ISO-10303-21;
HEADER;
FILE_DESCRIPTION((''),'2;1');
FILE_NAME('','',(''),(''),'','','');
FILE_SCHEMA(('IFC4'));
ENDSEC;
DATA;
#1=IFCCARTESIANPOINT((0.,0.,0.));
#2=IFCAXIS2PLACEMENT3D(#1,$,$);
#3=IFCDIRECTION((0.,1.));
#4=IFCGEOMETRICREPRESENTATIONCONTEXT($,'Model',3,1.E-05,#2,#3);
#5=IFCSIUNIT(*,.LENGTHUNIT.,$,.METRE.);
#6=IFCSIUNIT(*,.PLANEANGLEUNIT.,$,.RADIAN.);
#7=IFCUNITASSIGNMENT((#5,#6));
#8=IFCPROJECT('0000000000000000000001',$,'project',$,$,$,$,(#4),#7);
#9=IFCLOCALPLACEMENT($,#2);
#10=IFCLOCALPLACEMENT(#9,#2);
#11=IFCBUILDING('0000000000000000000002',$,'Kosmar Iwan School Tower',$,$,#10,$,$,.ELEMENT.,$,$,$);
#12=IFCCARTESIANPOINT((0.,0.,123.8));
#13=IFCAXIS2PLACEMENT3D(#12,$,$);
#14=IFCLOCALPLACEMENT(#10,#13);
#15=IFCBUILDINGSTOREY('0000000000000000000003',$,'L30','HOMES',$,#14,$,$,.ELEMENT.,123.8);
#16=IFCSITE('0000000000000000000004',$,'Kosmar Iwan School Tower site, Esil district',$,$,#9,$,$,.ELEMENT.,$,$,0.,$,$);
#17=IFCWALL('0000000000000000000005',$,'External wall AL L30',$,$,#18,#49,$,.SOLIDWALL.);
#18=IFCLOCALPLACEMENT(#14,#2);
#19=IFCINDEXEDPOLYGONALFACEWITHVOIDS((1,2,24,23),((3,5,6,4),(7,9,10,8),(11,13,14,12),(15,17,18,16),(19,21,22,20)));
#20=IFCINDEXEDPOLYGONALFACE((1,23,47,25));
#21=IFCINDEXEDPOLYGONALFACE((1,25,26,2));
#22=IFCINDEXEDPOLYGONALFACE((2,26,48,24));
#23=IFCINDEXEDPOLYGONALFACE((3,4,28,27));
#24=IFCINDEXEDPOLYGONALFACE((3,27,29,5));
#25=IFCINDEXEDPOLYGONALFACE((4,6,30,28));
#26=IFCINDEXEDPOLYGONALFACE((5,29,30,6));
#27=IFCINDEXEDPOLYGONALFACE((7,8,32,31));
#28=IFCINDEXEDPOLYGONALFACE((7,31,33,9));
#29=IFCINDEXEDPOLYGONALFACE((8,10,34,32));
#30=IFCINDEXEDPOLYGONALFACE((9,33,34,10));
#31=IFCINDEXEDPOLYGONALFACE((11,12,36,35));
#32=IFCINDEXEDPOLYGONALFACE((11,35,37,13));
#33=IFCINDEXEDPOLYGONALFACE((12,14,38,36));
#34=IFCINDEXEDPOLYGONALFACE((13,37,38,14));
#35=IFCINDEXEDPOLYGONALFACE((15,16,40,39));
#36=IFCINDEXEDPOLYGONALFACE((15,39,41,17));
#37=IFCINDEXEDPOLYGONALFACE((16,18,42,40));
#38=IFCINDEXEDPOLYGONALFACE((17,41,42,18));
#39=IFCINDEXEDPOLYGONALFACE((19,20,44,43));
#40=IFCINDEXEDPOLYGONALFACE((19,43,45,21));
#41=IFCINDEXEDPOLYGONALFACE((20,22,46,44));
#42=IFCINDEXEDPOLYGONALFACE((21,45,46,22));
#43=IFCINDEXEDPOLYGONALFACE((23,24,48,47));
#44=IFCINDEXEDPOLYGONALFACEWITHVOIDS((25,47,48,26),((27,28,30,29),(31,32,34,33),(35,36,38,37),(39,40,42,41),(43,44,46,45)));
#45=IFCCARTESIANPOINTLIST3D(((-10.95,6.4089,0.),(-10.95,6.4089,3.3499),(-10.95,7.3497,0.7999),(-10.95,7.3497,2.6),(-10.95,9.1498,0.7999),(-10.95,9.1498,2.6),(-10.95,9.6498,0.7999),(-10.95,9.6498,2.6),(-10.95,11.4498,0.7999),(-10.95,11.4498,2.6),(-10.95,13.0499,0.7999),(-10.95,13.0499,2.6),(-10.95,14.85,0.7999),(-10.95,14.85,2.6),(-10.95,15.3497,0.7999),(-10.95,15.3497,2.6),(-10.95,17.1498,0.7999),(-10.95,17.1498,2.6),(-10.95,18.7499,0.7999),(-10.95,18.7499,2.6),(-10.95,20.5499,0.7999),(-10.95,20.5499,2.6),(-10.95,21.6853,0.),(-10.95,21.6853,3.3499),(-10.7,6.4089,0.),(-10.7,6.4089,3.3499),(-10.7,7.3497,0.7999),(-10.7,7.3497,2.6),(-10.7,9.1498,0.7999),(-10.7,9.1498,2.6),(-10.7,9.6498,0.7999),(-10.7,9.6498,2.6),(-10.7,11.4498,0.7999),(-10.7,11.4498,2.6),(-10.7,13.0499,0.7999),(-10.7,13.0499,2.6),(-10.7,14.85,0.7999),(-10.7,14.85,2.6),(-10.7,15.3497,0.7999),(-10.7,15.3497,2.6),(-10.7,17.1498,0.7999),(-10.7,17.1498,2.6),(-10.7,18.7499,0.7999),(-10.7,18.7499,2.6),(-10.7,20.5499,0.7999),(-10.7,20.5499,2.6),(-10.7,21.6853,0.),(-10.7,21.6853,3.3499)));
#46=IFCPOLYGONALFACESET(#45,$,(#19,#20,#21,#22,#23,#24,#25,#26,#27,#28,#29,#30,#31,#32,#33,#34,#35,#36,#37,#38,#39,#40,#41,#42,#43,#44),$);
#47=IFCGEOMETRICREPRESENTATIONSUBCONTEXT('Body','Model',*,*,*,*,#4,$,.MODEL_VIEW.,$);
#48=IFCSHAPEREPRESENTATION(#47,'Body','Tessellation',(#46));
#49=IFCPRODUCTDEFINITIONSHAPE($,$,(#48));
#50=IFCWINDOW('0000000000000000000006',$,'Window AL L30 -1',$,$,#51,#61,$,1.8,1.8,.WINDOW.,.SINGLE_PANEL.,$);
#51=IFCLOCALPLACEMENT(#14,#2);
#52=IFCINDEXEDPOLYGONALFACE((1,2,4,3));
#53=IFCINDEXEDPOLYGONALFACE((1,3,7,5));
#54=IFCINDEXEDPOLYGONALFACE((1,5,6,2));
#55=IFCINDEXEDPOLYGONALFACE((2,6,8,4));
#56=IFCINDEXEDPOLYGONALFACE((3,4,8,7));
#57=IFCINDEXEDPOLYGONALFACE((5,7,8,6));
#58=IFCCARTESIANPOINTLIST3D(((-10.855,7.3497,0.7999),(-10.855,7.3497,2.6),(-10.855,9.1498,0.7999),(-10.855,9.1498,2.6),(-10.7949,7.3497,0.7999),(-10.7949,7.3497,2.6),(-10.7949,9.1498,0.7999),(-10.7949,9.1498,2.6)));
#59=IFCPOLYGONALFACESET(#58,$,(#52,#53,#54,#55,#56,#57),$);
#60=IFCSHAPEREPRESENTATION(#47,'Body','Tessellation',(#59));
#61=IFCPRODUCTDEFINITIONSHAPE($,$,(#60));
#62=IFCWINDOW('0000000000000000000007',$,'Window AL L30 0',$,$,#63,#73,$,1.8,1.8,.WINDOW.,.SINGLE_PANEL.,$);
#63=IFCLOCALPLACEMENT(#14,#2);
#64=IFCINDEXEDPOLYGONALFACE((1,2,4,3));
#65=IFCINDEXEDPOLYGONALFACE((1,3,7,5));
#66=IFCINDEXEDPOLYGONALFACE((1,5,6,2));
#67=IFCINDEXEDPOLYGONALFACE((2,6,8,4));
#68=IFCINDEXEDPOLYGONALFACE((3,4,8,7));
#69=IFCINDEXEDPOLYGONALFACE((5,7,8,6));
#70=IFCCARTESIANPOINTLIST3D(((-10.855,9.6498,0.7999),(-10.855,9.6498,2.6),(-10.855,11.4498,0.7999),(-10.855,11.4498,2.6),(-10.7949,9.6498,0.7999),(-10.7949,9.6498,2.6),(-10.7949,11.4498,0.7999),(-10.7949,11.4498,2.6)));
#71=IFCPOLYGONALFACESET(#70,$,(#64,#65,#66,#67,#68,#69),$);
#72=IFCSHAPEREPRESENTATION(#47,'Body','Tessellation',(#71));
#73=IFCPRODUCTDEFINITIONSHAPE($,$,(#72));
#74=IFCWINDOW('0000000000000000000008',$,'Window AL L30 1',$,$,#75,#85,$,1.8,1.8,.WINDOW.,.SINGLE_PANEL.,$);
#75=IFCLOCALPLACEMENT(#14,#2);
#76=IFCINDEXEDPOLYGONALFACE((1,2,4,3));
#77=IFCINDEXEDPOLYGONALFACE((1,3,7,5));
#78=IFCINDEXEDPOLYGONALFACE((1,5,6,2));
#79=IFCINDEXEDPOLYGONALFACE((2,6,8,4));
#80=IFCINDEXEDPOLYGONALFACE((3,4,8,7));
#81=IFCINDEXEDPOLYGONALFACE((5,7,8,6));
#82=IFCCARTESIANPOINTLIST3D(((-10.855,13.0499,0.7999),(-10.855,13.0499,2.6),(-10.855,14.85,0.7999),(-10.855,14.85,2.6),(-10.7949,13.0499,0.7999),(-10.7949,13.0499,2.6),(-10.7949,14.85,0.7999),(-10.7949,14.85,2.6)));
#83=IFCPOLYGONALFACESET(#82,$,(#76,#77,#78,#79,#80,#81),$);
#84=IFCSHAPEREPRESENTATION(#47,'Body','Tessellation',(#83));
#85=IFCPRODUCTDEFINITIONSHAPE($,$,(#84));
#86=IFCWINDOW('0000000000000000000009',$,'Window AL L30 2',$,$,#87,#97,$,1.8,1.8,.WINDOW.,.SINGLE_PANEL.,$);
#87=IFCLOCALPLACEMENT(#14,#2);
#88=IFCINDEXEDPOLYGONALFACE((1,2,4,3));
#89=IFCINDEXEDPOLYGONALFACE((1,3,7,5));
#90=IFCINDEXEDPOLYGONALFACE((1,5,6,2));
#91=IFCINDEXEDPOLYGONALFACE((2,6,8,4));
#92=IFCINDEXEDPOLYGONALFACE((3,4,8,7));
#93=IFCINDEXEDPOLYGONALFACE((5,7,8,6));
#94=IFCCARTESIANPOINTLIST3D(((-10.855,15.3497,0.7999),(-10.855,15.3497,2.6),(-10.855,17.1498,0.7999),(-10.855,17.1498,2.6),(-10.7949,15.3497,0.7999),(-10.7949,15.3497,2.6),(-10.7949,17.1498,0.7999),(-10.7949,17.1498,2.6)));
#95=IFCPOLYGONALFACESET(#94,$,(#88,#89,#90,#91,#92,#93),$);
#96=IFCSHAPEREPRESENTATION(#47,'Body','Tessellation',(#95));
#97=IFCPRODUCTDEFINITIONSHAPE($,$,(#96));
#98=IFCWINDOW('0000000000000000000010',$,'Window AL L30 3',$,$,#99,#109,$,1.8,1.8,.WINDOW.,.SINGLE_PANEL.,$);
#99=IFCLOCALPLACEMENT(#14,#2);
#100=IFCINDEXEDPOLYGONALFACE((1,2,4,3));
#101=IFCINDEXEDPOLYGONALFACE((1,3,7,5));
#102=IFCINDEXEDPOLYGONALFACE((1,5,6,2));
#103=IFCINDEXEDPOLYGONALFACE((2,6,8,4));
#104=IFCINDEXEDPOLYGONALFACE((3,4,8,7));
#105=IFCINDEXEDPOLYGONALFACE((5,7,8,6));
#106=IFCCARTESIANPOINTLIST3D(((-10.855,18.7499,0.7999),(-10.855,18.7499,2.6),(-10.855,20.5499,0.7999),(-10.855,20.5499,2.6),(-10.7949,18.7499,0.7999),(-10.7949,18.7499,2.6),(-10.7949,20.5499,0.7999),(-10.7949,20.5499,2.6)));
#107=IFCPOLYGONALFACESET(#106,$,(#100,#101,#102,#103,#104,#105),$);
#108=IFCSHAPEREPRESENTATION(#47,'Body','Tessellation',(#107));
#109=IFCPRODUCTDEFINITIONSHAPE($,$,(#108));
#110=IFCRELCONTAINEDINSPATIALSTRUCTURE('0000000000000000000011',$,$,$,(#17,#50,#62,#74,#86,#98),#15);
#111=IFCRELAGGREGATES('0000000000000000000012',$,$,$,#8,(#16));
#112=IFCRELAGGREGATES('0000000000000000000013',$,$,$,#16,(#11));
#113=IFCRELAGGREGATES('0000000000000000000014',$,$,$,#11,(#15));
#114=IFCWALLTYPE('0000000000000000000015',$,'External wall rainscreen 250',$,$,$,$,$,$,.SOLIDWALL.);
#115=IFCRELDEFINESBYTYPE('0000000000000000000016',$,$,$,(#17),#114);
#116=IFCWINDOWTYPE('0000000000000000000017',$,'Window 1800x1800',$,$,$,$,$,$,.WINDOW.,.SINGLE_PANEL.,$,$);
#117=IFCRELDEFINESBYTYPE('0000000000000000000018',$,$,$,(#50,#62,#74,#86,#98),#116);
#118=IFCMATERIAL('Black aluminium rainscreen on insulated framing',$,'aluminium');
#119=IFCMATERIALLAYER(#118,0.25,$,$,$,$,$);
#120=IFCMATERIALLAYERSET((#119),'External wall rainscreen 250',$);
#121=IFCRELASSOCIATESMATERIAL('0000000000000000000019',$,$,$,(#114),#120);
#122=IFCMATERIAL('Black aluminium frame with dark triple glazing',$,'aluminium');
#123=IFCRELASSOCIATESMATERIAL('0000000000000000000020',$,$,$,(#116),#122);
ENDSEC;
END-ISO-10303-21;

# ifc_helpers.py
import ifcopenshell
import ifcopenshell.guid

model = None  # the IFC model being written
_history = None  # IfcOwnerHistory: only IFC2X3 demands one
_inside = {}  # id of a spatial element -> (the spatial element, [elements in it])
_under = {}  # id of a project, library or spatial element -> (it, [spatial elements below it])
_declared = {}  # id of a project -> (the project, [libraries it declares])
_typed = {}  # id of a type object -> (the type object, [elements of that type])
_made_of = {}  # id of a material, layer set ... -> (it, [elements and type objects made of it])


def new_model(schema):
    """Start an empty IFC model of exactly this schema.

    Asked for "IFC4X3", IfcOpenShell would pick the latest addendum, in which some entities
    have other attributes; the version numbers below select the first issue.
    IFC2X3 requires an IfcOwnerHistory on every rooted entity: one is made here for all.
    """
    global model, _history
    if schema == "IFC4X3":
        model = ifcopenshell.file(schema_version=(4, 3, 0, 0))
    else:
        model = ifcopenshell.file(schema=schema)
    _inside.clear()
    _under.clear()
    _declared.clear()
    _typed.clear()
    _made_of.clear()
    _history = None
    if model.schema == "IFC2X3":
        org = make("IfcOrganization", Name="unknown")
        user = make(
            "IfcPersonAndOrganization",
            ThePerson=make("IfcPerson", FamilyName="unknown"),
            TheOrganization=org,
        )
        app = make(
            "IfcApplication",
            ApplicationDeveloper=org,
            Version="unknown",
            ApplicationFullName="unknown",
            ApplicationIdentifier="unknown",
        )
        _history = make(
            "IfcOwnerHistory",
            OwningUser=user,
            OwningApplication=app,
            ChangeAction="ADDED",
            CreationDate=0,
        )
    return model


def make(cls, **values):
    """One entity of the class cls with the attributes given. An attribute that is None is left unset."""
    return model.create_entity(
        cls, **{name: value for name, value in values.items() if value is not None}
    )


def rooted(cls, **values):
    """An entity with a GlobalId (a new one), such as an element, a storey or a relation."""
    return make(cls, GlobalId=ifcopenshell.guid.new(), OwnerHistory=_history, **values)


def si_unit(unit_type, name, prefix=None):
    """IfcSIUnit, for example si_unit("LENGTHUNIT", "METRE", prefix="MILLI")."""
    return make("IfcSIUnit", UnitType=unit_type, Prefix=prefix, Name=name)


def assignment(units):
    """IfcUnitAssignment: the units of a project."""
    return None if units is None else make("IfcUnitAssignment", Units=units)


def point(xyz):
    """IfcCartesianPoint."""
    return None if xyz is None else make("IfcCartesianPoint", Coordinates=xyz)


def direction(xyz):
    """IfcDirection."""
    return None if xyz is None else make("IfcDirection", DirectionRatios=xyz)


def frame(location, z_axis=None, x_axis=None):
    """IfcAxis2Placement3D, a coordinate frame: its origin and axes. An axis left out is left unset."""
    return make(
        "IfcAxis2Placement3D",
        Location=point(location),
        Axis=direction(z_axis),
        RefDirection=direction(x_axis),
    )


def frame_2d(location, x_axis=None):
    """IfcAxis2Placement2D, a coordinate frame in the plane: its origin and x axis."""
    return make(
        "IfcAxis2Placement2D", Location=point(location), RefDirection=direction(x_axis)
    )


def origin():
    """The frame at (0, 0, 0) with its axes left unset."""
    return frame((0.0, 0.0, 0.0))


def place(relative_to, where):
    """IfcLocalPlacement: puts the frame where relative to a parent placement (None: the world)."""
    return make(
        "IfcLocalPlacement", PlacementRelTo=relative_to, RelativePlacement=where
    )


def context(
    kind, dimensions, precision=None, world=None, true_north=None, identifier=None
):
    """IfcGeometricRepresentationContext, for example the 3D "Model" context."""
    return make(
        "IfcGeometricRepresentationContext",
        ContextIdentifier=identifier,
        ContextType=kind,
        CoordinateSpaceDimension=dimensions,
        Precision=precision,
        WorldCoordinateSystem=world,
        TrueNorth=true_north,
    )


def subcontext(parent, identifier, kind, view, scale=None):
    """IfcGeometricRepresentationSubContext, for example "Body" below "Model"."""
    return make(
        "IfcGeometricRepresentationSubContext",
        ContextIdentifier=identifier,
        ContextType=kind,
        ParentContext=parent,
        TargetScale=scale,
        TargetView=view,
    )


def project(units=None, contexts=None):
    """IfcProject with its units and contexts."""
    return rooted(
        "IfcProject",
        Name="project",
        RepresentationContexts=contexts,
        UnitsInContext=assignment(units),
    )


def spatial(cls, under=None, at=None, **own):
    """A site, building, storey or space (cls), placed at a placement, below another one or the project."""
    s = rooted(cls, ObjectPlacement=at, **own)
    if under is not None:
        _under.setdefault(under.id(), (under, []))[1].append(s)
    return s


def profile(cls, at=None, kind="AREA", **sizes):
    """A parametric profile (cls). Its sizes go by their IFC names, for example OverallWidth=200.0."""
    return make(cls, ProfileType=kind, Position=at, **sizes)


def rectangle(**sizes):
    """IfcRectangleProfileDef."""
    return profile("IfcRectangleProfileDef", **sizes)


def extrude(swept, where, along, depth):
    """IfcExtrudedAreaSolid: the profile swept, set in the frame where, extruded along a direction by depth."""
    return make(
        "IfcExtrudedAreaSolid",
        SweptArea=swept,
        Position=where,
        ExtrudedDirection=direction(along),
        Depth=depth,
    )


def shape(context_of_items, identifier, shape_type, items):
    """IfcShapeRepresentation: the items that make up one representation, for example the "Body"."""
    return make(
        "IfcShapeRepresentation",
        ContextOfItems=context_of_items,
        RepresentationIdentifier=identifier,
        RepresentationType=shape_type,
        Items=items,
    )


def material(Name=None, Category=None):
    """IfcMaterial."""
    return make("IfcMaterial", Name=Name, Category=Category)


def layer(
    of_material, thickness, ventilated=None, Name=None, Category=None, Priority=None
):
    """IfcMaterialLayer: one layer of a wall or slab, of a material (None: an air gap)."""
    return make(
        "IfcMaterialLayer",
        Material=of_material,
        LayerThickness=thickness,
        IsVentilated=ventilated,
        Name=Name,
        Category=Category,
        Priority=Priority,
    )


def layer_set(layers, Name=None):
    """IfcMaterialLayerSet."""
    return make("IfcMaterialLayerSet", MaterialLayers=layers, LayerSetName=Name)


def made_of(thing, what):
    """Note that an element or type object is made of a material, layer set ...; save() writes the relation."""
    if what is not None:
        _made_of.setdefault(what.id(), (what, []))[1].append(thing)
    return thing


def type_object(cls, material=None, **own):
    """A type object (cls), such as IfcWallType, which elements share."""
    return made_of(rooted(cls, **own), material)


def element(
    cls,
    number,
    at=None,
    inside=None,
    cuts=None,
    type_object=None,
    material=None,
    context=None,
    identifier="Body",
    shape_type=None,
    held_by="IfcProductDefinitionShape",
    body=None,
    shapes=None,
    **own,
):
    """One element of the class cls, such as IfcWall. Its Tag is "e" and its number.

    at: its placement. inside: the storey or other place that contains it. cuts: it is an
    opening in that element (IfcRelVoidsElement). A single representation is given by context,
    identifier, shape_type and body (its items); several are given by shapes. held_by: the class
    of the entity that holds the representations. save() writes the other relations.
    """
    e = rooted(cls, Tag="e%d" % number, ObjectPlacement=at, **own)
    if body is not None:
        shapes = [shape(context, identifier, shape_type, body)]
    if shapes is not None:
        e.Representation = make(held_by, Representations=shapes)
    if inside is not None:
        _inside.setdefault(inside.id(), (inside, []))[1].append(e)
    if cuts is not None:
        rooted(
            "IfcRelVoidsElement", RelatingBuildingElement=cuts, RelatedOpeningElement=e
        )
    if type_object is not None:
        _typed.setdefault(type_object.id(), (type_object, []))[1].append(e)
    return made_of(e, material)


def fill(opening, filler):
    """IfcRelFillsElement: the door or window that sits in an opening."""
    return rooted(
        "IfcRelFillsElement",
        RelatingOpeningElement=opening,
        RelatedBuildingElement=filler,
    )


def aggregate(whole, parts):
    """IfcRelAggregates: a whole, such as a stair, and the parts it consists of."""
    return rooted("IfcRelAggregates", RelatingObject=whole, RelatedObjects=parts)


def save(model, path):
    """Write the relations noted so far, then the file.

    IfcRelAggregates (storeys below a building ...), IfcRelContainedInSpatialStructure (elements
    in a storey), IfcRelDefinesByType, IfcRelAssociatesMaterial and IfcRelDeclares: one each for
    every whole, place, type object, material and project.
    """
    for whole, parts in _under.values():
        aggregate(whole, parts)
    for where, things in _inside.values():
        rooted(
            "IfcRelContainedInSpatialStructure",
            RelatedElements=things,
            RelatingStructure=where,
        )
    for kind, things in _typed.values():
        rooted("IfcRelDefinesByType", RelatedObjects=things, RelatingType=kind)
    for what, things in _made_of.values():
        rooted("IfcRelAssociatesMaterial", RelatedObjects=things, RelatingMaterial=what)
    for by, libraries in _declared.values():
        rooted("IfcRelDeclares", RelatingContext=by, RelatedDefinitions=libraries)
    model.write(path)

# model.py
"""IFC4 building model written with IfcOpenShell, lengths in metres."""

from ifc_helpers import new_model, si_unit, direction, frame, frame_2d, origin, place, context, subcontext, project, spatial, rectangle, extrude, material, layer, layer_set, type_object, element, fill, save


model = new_model("IFC4")

# Units and contexts
model_context = context("Model", 3, precision=1e-05, world=origin(), true_north=direction((0.0, 1.0)))
body_context = subcontext(model_context, "Body", "Model", "MODEL_VIEW")
ifc_project = project(units=[si_unit("LENGTHUNIT", "METRE"), si_unit("PLANEANGLEUNIT", "RADIAN")], contexts=[model_context])

# Site, building, storey
site_placement = place(None, origin())
site = spatial("IfcSite", under=ifc_project, at=site_placement, Name="Kosmar Iwan School Tower site, Esil district", CompositionType="ELEMENT", RefElevation=0.0)
building_placement = place(site_placement, origin())
building = spatial("IfcBuilding", under=site, at=building_placement, Name="Kosmar Iwan School Tower", CompositionType="ELEMENT")
storey_placement = place(building_placement, frame((0.0, 0.0, 123.8)))
storey = spatial("IfcBuildingStorey", under=building, at=storey_placement, Name="L30", Description="HOMES", CompositionType="ELEMENT", Elevation=123.8)

# Wall, openings, windows
ifc_material_1 = material(Name="Black aluminium rainscreen on insulated framing", Category="aluminium")
ifc_layer_1 = layer(ifc_material_1, 0.25)
ifc_layer_set_1 = layer_set([ifc_layer_1], Name="External wall rainscreen 250")
wall_type_1 = type_object("IfcWallType", Name="External wall rainscreen 250", PredefinedType="SOLIDWALL", material=ifc_layer_set_1)
wall_1_placement = place(storey_placement, frame((-10.825, 6.4089, 0.0), z_axis=(0.0, 0.0, 1.0), x_axis=(0.0, 1.0, 0.0)))
wall_1 = element("IfcWall", 1, at=wall_1_placement, inside=storey, type_object=wall_type_1, Name="External wall AL L30", PredefinedType="SOLIDWALL", context=body_context, shape_type="SweptSolid", body=[
    extrude(rectangle(XDim=15.2764, YDim=0.25, at=frame_2d((7.6382, 0.0))), origin(), (0.0, 0.0, 1.0), 3.3499),
])
opening_1_placement = place(wall_1_placement, frame((0.9409, 0.0, 0.8)))
opening_1 = element("IfcOpeningElement", 2, at=opening_1_placement, cuts=wall_1, PredefinedType="OPENING", context=body_context, shape_type="SweptSolid", body=[
    extrude(rectangle(XDim=1.8, YDim=1.8, at=frame_2d((0.8999, 0.8999))), frame((0.0, 0.137, 0.0), z_axis=(0.0, -1.0, 0.0), x_axis=(1.0, 0.0, 0.0)), (0.0, 0.0, 1.0), 0.2739),
])
opening_2_placement = place(wall_1_placement, frame((3.241, 0.0, 0.8)))
opening_2 = element("IfcOpeningElement", 3, at=opening_2_placement, cuts=wall_1, PredefinedType="OPENING", context=body_context, shape_type="SweptSolid", body=[
    extrude(rectangle(XDim=1.8, YDim=1.8, at=frame_2d((0.8999, 0.8999))), frame((0.0, 0.137, 0.0), z_axis=(0.0, -1.0, 0.0), x_axis=(1.0, 0.0, 0.0)), (0.0, 0.0, 1.0), 0.2739),
])
opening_3_placement = place(wall_1_placement, frame((6.6411, 0.0, 0.8)))
opening_3 = element("IfcOpeningElement", 4, at=opening_3_placement, cuts=wall_1, PredefinedType="OPENING", context=body_context, shape_type="SweptSolid", body=[
    extrude(rectangle(XDim=1.8, YDim=1.8, at=frame_2d((0.8999, 0.8999))), frame((0.0, 0.137, 0.0), z_axis=(0.0, -1.0, 0.0), x_axis=(1.0, 0.0, 0.0)), (0.0, 0.0, 1.0), 0.2739),
])
opening_4_placement = place(wall_1_placement, frame((8.9409, 0.0, 0.8)))
opening_4 = element("IfcOpeningElement", 5, at=opening_4_placement, cuts=wall_1, PredefinedType="OPENING", context=body_context, shape_type="SweptSolid", body=[
    extrude(rectangle(XDim=1.8, YDim=1.8, at=frame_2d((0.8999, 0.8999))), frame((0.0, 0.137, 0.0), z_axis=(0.0, -1.0, 0.0), x_axis=(1.0, 0.0, 0.0)), (0.0, 0.0, 1.0), 0.2739),
])
opening_5_placement = place(wall_1_placement, frame((12.3411, 0.0, 0.8)))
opening_5 = element("IfcOpeningElement", 6, at=opening_5_placement, cuts=wall_1, PredefinedType="OPENING", context=body_context, shape_type="SweptSolid", body=[
    extrude(rectangle(XDim=1.8, YDim=1.8, at=frame_2d((0.8999, 0.8999))), frame((0.0, 0.137, 0.0), z_axis=(0.0, -1.0, 0.0), x_axis=(1.0, 0.0, 0.0)), (0.0, 0.0, 1.0), 0.2739),
])
ifc_material_2 = material(Name="Black aluminium frame with dark triple glazing", Category="aluminium")
window_type = type_object("IfcWindowType", Name="Window 1800x1800", PartitioningType="SINGLE_PANEL", PredefinedType="WINDOW", material=ifc_material_2)
window_1_placement = place(opening_1_placement, origin())
window_1 = element("IfcWindow", 7, at=window_1_placement, inside=storey, type_object=window_type, Name="Window AL L30 -1", OverallHeight=1.8, OverallWidth=1.8, PartitioningType="SINGLE_PANEL", PredefinedType="WINDOW", context=body_context, shape_type="SweptSolid", body=[
    extrude(rectangle(XDim=1.8, YDim=1.8, at=frame_2d((0.8999, 0.8999))), frame((0.0, 0.03, 0.0), z_axis=(0.0, -1.0, 0.0), x_axis=(1.0, 0.0, 0.0)), (0.0, 0.0, 1.0), 0.0601),
])
fill(opening_1, window_1)
window_2_placement = place(opening_2_placement, origin())
window_2 = element("IfcWindow", 8, at=window_2_placement, inside=storey, type_object=window_type, Name="Window AL L30 0", OverallHeight=1.8, OverallWidth=1.8, PartitioningType="SINGLE_PANEL", PredefinedType="WINDOW", context=body_context, shape_type="SweptSolid", body=[
    extrude(rectangle(XDim=1.8, YDim=1.8, at=frame_2d((0.8999, 0.8999))), frame((0.0, 0.03, 0.0), z_axis=(0.0, -1.0, 0.0), x_axis=(1.0, 0.0, 0.0)), (0.0, 0.0, 1.0), 0.0601),
])
fill(opening_2, window_2)
window_3_placement = place(opening_3_placement, origin())
window_3 = element("IfcWindow", 9, at=window_3_placement, inside=storey, type_object=window_type, Name="Window AL L30 1", OverallHeight=1.8, OverallWidth=1.8, PartitioningType="SINGLE_PANEL", PredefinedType="WINDOW", context=body_context, shape_type="SweptSolid", body=[
    extrude(rectangle(XDim=1.8, YDim=1.8, at=frame_2d((0.8999, 0.8999))), frame((0.0, 0.03, 0.0), z_axis=(0.0, -1.0, 0.0), x_axis=(1.0, 0.0, 0.0)), (0.0, 0.0, 1.0), 0.0601),
])
fill(opening_3, window_3)
window_4_placement = place(opening_4_placement, origin())
window_4 = element("IfcWindow", 10, at=window_4_placement, inside=storey, type_object=window_type, Name="Window AL L30 2", OverallHeight=1.8, OverallWidth=1.8, PartitioningType="SINGLE_PANEL", PredefinedType="WINDOW", context=body_context, shape_type="SweptSolid", body=[
    extrude(rectangle(XDim=1.8, YDim=1.8, at=frame_2d((0.8999, 0.8999))), frame((0.0, 0.03, 0.0), z_axis=(0.0, -1.0, 0.0), x_axis=(1.0, 0.0, 0.0)), (0.0, 0.0, 1.0), 0.0601),
])
fill(opening_4, window_4)
window_5_placement = place(opening_5_placement, origin())
window_5 = element("IfcWindow", 11, at=window_5_placement, inside=storey, type_object=window_type, Name="Window AL L30 3", OverallHeight=1.8, OverallWidth=1.8, PartitioningType="SINGLE_PANEL", PredefinedType="WINDOW", context=body_context, shape_type="SweptSolid", body=[
    extrude(rectangle(XDim=1.8, YDim=1.8, at=frame_2d((0.8999, 0.8999))), frame((0.0, 0.03, 0.0), z_axis=(0.0, -1.0, 0.0), x_axis=(1.0, 0.0, 0.0)), (0.0, 0.0, 1.0), 0.0601),
])
fill(opening_5, window_5)

save(model, "model.ifc")
